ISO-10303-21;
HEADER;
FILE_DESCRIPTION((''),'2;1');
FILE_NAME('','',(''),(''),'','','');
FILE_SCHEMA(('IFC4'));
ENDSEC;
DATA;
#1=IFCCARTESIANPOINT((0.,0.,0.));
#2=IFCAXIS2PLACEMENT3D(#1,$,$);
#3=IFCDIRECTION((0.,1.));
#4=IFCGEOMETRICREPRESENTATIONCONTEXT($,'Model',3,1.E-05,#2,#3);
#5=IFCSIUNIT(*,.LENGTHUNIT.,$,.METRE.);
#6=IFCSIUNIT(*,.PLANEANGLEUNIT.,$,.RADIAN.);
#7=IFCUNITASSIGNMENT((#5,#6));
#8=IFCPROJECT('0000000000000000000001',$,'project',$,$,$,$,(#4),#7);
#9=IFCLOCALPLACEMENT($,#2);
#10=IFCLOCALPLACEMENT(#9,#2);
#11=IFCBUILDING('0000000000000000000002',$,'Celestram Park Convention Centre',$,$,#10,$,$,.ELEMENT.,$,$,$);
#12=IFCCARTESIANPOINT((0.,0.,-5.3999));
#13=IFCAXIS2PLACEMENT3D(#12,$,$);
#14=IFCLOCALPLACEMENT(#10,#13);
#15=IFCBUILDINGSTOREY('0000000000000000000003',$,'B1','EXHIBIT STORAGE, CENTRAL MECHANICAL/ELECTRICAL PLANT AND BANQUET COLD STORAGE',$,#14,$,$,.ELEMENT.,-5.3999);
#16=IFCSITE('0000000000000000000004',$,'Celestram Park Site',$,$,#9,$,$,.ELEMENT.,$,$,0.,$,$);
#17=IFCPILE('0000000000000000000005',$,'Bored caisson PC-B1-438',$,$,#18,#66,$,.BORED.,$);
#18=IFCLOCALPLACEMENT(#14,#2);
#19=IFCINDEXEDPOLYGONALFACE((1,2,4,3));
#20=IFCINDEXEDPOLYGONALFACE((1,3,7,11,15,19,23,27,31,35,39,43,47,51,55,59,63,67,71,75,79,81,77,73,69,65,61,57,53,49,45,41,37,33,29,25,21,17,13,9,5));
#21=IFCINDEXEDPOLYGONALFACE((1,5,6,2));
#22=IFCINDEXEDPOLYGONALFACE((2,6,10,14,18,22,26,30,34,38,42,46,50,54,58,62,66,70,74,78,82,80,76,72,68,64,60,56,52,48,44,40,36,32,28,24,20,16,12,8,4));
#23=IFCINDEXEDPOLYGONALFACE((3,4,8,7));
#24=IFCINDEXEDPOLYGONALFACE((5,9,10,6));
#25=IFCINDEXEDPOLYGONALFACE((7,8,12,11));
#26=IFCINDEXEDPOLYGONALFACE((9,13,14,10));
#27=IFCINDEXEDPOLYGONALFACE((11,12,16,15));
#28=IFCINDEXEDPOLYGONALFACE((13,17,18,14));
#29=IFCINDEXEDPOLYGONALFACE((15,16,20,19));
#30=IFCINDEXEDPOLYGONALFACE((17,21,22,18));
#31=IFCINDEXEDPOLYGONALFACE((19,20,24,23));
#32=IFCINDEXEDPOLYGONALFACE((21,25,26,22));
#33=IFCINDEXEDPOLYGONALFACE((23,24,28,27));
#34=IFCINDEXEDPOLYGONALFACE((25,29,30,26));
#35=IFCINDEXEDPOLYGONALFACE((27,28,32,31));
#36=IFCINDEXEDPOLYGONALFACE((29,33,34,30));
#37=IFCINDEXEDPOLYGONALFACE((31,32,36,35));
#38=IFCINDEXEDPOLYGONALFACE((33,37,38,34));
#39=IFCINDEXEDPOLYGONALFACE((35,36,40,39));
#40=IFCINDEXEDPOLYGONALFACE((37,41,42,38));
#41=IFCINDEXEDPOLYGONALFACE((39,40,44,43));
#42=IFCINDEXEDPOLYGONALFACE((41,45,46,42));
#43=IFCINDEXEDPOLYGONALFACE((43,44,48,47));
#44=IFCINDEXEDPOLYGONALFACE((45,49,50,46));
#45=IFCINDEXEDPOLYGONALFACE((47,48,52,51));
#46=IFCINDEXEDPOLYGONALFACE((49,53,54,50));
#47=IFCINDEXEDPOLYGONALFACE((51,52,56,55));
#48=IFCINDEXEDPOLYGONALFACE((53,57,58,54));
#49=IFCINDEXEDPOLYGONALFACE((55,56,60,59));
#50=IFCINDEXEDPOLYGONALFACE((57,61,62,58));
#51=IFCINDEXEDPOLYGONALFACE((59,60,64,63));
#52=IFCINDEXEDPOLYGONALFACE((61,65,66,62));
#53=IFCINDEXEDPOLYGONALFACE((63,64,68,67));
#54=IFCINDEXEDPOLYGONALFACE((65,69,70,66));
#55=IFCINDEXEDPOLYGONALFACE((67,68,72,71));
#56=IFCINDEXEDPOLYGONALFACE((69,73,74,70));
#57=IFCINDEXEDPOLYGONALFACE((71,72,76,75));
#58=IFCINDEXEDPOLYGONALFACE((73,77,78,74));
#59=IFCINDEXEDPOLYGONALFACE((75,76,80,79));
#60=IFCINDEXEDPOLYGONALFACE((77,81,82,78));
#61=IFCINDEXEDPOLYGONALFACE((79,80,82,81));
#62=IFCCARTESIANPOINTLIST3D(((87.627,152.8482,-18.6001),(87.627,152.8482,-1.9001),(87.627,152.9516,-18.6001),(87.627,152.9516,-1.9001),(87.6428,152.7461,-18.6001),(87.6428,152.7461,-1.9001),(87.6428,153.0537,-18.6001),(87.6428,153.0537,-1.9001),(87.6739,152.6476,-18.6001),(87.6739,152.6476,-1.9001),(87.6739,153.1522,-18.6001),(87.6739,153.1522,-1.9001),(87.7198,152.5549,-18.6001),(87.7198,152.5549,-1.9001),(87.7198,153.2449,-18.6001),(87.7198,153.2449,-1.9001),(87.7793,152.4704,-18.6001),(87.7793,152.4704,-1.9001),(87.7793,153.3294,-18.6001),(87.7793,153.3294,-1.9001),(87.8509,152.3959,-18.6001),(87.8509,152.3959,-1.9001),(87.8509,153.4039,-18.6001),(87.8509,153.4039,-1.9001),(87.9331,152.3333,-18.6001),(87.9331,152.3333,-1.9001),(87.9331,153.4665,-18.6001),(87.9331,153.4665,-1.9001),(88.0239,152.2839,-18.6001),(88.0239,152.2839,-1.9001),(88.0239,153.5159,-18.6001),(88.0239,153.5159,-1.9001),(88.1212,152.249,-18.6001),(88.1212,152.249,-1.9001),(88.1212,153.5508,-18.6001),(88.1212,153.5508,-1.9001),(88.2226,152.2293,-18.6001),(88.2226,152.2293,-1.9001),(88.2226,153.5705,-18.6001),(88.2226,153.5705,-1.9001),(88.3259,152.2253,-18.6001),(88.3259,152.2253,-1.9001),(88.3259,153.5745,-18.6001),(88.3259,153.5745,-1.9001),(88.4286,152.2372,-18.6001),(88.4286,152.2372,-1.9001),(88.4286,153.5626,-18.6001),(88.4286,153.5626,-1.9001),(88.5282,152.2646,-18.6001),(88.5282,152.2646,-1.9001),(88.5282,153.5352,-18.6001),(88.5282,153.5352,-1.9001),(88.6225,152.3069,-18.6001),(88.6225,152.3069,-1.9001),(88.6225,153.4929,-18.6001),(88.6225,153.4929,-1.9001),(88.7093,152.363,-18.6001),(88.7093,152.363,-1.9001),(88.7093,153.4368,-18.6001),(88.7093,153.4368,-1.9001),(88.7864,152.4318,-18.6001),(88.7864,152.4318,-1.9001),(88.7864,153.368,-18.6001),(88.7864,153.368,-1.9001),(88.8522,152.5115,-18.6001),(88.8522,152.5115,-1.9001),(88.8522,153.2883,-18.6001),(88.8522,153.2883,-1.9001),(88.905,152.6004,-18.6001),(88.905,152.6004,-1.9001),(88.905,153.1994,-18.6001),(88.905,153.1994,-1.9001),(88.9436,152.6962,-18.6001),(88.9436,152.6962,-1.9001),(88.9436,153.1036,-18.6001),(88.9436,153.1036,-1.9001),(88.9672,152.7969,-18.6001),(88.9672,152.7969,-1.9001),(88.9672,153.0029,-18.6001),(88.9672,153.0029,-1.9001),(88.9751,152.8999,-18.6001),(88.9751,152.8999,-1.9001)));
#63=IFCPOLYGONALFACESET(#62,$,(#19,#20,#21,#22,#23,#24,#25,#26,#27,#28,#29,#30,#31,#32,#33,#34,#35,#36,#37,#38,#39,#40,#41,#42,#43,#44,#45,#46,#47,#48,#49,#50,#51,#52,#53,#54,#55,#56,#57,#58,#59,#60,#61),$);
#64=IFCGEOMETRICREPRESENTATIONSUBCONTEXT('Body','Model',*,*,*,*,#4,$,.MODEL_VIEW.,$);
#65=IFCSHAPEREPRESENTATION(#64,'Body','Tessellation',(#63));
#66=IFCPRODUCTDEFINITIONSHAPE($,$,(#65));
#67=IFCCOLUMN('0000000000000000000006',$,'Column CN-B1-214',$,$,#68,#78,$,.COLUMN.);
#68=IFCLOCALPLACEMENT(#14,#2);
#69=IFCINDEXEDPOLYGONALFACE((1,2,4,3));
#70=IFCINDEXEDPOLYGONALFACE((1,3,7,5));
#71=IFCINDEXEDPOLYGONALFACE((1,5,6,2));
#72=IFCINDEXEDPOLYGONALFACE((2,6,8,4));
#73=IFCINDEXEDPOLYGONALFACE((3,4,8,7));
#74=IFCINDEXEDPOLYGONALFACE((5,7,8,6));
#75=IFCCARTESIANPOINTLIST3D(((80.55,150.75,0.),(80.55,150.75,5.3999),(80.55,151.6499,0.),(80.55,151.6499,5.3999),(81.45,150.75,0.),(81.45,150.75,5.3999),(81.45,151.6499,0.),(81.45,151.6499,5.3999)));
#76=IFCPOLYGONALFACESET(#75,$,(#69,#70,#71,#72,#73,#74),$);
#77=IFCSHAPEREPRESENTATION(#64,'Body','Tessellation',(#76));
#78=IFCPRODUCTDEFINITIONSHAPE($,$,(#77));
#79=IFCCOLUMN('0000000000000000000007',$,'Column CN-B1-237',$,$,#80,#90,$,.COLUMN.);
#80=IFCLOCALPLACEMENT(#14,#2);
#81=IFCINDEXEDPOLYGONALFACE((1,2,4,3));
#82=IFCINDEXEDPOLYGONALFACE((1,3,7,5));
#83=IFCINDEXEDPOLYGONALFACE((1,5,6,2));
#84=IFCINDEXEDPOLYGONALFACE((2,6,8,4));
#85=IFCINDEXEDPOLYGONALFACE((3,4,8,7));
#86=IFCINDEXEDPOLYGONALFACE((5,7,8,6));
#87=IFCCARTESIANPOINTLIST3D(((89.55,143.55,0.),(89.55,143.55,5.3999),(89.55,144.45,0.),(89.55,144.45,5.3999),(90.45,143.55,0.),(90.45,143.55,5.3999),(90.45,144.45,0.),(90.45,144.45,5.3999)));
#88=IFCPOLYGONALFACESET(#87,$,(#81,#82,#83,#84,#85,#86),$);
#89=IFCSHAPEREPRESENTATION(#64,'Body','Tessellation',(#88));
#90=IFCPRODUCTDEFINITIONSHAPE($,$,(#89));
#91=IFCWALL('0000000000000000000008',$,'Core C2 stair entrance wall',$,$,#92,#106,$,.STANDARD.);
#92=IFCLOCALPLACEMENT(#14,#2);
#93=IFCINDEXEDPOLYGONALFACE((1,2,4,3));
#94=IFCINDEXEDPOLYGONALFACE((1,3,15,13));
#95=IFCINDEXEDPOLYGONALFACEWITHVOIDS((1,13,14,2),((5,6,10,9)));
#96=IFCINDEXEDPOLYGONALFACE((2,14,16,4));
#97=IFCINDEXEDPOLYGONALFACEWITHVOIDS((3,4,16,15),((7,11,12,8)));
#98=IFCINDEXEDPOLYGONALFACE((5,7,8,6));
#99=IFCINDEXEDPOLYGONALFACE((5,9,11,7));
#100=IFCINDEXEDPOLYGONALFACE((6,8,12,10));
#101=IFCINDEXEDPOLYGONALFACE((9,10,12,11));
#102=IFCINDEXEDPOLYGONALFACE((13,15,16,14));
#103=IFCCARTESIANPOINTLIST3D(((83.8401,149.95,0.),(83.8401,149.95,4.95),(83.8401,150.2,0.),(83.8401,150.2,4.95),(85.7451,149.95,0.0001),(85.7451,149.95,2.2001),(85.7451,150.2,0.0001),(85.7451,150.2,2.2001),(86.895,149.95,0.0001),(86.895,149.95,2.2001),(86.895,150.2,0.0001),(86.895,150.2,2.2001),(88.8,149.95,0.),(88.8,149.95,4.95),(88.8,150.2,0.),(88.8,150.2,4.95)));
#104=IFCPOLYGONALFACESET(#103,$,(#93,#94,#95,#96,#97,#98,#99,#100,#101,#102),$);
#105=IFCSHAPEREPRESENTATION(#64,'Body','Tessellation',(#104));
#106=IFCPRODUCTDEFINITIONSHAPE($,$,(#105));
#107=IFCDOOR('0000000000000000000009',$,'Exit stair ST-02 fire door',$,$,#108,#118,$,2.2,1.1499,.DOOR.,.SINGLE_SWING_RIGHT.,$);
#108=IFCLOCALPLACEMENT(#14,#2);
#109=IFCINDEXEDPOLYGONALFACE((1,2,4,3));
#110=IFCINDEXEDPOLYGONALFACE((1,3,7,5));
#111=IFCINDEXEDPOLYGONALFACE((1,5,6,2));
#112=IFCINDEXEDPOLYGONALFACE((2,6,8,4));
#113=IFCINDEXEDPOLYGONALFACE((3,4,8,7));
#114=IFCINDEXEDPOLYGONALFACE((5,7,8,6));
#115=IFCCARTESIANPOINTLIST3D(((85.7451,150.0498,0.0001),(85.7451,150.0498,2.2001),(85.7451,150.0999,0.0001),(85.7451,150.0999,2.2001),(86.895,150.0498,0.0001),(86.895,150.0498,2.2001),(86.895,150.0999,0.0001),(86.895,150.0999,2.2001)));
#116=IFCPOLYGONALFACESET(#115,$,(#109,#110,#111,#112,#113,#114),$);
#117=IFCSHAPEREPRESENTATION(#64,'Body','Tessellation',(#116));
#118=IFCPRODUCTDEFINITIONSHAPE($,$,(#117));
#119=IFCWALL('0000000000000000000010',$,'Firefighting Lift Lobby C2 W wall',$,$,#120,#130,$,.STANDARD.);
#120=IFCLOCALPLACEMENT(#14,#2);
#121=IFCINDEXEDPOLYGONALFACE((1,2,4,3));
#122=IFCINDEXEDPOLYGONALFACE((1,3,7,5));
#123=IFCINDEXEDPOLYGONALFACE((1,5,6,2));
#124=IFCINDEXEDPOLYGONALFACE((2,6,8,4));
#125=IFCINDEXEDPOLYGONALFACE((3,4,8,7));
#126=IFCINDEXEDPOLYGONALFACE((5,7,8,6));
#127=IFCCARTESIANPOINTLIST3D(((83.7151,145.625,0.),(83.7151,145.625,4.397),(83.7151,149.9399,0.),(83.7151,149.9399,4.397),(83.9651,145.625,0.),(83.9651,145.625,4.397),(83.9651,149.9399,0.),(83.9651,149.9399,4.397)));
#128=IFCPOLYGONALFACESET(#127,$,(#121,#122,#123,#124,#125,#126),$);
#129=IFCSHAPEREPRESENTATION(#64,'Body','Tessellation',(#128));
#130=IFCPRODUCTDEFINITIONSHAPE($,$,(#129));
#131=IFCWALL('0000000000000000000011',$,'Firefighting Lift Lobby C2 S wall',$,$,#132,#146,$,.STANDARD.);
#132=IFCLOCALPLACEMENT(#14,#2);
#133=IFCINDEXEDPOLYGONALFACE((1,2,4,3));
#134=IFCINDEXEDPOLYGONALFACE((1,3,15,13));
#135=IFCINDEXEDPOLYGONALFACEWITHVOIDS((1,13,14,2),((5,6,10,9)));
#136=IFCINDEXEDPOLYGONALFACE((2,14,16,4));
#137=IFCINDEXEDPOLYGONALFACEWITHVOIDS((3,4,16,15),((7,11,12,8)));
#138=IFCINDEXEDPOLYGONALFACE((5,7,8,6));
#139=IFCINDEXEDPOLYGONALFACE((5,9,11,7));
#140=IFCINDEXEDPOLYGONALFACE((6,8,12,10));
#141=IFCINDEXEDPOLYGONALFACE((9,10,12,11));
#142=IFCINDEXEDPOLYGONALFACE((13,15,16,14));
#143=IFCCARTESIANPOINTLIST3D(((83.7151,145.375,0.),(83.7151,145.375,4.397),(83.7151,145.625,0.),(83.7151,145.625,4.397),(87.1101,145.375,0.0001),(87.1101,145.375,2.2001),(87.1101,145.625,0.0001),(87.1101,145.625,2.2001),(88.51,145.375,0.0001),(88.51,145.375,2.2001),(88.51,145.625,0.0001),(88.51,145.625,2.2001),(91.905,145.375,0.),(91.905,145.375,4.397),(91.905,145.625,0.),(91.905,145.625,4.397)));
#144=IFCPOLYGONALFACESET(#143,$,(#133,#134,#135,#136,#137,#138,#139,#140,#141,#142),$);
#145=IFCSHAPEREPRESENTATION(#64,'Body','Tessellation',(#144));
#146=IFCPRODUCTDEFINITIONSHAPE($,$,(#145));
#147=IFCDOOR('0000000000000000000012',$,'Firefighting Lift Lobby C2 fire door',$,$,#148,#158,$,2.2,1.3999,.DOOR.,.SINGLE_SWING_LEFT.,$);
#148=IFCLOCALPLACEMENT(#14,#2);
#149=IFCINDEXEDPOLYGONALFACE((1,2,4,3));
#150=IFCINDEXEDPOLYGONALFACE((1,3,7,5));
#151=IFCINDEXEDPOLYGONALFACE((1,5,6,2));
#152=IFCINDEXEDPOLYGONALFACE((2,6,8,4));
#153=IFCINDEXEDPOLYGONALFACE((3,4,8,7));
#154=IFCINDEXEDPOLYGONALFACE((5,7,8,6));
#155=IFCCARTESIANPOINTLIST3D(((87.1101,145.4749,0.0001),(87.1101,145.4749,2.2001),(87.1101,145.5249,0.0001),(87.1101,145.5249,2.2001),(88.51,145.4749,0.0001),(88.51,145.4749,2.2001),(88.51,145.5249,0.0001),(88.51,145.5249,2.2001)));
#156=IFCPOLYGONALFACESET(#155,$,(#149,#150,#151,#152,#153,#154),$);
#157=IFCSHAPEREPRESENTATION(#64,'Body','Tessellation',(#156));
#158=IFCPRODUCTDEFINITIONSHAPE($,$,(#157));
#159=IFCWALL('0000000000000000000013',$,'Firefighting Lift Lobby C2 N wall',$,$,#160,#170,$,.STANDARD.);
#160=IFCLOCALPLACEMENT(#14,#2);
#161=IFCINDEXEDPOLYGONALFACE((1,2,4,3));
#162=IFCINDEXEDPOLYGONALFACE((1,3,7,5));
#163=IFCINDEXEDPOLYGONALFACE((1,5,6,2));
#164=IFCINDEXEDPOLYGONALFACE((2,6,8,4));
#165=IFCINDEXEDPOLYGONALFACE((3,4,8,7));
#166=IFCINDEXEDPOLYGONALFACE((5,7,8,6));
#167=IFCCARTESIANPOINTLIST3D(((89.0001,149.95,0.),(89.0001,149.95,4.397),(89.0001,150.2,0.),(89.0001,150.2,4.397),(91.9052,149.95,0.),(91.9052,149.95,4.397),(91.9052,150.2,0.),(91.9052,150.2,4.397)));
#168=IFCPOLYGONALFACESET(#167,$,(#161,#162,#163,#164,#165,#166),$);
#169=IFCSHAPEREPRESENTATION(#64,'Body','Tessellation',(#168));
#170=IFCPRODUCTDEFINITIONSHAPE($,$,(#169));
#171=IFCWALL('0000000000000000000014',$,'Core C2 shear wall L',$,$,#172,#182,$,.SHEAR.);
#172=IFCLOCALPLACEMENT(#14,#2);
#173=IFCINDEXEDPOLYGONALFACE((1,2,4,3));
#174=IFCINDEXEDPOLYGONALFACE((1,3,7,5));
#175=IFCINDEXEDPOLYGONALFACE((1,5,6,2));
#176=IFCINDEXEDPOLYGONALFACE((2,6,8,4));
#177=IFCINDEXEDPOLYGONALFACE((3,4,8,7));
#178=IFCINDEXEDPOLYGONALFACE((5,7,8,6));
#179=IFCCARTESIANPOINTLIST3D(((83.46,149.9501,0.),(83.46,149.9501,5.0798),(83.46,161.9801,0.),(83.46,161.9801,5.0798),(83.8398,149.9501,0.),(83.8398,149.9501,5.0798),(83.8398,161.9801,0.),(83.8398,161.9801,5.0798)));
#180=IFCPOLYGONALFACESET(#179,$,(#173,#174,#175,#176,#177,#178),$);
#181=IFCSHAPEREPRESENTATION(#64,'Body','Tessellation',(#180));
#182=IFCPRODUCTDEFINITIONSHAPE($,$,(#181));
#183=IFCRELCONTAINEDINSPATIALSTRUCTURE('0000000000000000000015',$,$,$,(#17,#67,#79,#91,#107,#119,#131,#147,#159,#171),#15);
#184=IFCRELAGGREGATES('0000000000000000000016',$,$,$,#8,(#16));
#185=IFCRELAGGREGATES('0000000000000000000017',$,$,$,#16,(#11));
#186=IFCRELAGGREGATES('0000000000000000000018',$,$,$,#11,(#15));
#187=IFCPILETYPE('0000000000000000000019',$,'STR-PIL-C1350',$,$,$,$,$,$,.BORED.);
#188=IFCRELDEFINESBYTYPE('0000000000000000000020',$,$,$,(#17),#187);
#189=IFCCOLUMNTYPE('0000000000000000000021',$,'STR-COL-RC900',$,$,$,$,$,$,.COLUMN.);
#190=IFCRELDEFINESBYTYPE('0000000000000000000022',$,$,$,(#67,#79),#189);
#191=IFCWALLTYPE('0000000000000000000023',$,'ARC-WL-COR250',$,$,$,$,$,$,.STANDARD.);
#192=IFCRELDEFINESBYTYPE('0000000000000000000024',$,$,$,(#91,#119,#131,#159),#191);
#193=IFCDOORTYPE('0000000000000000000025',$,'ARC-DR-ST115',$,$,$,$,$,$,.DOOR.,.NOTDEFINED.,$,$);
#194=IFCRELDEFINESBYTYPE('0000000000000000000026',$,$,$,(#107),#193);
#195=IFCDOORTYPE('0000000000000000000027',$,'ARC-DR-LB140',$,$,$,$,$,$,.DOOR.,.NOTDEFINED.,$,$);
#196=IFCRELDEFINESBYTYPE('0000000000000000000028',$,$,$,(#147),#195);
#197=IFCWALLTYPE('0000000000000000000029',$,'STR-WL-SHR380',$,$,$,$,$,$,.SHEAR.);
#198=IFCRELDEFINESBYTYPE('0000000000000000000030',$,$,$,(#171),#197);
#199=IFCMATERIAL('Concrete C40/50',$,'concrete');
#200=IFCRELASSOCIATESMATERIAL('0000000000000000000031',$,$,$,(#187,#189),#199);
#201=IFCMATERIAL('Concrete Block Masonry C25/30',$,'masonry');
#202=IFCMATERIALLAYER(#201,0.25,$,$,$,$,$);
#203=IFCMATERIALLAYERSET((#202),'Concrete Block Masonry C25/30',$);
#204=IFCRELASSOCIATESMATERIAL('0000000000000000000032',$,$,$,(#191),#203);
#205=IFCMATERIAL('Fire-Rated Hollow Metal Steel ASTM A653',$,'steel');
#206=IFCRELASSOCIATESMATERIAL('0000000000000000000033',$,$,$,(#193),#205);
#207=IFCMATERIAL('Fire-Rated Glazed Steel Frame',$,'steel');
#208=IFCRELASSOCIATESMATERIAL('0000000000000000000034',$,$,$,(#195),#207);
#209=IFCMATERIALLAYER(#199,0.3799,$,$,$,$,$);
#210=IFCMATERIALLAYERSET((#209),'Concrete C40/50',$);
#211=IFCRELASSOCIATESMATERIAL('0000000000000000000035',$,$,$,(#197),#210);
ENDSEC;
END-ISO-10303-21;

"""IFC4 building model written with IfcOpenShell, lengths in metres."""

from ifc_helpers import new_model, si_unit, direction, frame, frame_2d, origin, origin_2d, place, context, subcontext, project, spatial, rectangle, circle, extrude, material, layer, layer_set, material_profile, profile_set, type_object, element, fill, save


model = new_model("IFC4")

# Units and contexts
model_context = context("Model", 3, precision=1e-05, world=origin(), true_north=direction((0.0, 1.0)))
body_context = subcontext(model_context, "Body", "Model", "MODEL_VIEW")
ifc_project = project(units=[si_unit("LENGTHUNIT", "METRE"), si_unit("PLANEANGLEUNIT", "RADIAN")], contexts=[model_context])

# Site, building, storey
site_placement = place(None, origin())
site = spatial("IfcSite", under=ifc_project, at=site_placement, Name="Celestram Park Site", CompositionType="ELEMENT", RefElevation=0.0)
building_placement = place(site_placement, origin())
building = spatial("IfcBuilding", under=site, at=building_placement, Name="Celestram Park Convention Centre", CompositionType="ELEMENT")
storey_placement = place(building_placement, frame((0.0, 0.0, -5.3999)))
storey = spatial("IfcBuildingStorey", under=building, at=storey_placement, Name="B1", Description="EXHIBIT STORAGE, CENTRAL MECHANICAL/ELECTRICAL PLANT AND BANQUET COLD STORAGE", CompositionType="ELEMENT", Elevation=-5.3999)

# Shared definitions
ifc_material_1 = material(Name="Concrete C40/50", Category="concrete")

# Pile
ifc_material_profile_1 = material_profile(ifc_material_1, circle(Radius=0.675, at=origin_2d()), Name="CAISSON1350")
ifc_profile_set_1 = profile_set([ifc_material_profile_1], Name="Concrete C40/50")
pile_type = type_object("IfcPileType", Name="STR-PIL-C1350", PredefinedType="BORED", material=ifc_profile_set_1)
for number, where, z_axis, x_axis, name in (
    (1, (88.3, 152.8999, -1.9001), (0.0, 0.0, -1.0), (1.0, 0.0, 0.0), "Bored caisson PC-B1-438"),
):
    element("IfcPile", number, at=place(storey_placement, frame(where, z_axis=z_axis, x_axis=x_axis)), inside=storey, type_object=pile_type, Name=name, PredefinedType="BORED", context=body_context, shape_type="SweptSolid", body=[
        extrude(circle(Radius=0.675, at=origin_2d()), origin(), (0.0, 0.0, 1.0), 16.7),
    ])

# Columns
ifc_material_profile_2 = material_profile(ifc_material_1, rectangle(XDim=0.8999, YDim=0.8999, at=origin_2d()), Name="RC900X900")
ifc_profile_set_2 = profile_set([ifc_material_profile_2], Name="Concrete C40/50")
column_type = type_object("IfcColumnType", Name="STR-COL-RC900", PredefinedType="COLUMN", material=ifc_profile_set_2)
for number, where, z_axis, x_axis, name in (
    (2, (81.0, 151.2, 0.0), (0.0, 0.0, 1.0), (1.0, 0.0, 0.0), "Column CN-B1-214"),
    (3, (90.0, 144.0, 0.0), (0.0, 0.0, 1.0), (1.0, 0.0, 0.0), "Column CN-B1-237"),
):
    element("IfcColumn", number, at=place(storey_placement, frame(where, z_axis=z_axis, x_axis=x_axis)), inside=storey, type_object=column_type, Name=name, PredefinedType="COLUMN", context=body_context, shape_type="SweptSolid", body=[
        extrude(rectangle(XDim=0.8999, YDim=0.8999, at=origin_2d()), origin(), (0.0, 0.0, 1.0), 5.3999),
    ])

# Wall, opening, door
ifc_material_2 = material(Name="Concrete Block Masonry C25/30", Category="masonry")
ifc_layer_1 = layer(ifc_material_2, 0.25)
ifc_layer_set_1 = layer_set([ifc_layer_1], Name="Concrete Block Masonry C25/30")
wall_type_1 = type_object("IfcWallType", Name="ARC-WL-COR250", PredefinedType="STANDARD", material=ifc_layer_set_1)
wall_1_placement = place(storey_placement, frame((83.8401, 150.075, 0.0), z_axis=(0.0, 0.0, 1.0), x_axis=(1.0, 0.0, 0.0)))
wall_1 = element("IfcWall", 4, at=wall_1_placement, inside=storey, type_object=wall_type_1, Name="Core C2 stair entrance wall", PredefinedType="STANDARD", context=body_context, shape_type="SweptSolid", body=[
    extrude(rectangle(XDim=4.96, YDim=0.25, at=frame_2d((2.48, 0.0))), origin(), (0.0, 0.0, 1.0), 4.95),
])
opening_1_placement = place(wall_1_placement, frame((1.905, 0.0, 0.0)))
opening_1 = element("IfcOpeningElement", 5, at=opening_1_placement, cuts=wall_1, PredefinedType="OPENING", context=body_context, shape_type="SweptSolid", body=[
    extrude(rectangle(XDim=1.1499, YDim=2.2, at=frame_2d((0.575, 1.1001))), frame((0.0, 0.135, 0.0), z_axis=(0.0, -1.0, 0.0), x_axis=(1.0, 0.0, 0.0)), (0.0, 0.0, 1.0), 0.27),
])
ifc_material_3 = material(Name="Fire-Rated Hollow Metal Steel ASTM A653", Category="steel")
door_type_1 = type_object("IfcDoorType", Name="ARC-DR-ST115", OperationType="NOTDEFINED", PredefinedType="DOOR", material=ifc_material_3)
door_1_placement = place(opening_1_placement, origin())
door_1 = element("IfcDoor", 6, at=door_1_placement, inside=storey, type_object=door_type_1, Name="Exit stair ST-02 fire door", OperationType="SINGLE_SWING_RIGHT", OverallHeight=2.2, OverallWidth=1.1499, PredefinedType="DOOR", context=body_context, shape_type="SweptSolid", body=[
    extrude(rectangle(XDim=1.1499, YDim=2.2, at=frame_2d((0.575, 1.1001))), frame((0.0, 0.0249, 0.0), z_axis=(0.0, -1.0, 0.0), x_axis=(1.0, 0.0, 0.0)), (0.0, 0.0, 1.0), 0.05),
])
fill(opening_1, door_1)

# Wall
wall_2_placement = place(storey_placement, frame((83.8401, 149.9399, 0.0), z_axis=(0.0, 0.0, 1.0), x_axis=(0.0, -1.0, 0.0)))
element("IfcWall", 7, at=wall_2_placement, inside=storey, type_object=wall_type_1, Name="Firefighting Lift Lobby C2 W wall", PredefinedType="STANDARD", context=body_context, shape_type="SweptSolid", body=[
    extrude(rectangle(XDim=4.3149, YDim=0.25, at=frame_2d((2.1575, 0.0))), origin(), (0.0, 0.0, 1.0), 4.397),
])

# Wall, opening, door
wall_3_placement = place(storey_placement, frame((83.7151, 145.5, 0.0), z_axis=(0.0, 0.0, 1.0), x_axis=(1.0, 0.0, 0.0)))
wall_3 = element("IfcWall", 8, at=wall_3_placement, inside=storey, type_object=wall_type_1, Name="Firefighting Lift Lobby C2 S wall", PredefinedType="STANDARD", context=body_context, shape_type="SweptSolid", body=[
    extrude(rectangle(XDim=8.1899, YDim=0.25, at=frame_2d((4.095, 0.0))), origin(), (0.0, 0.0, 1.0), 4.397),
])
opening_2_placement = place(wall_3_placement, frame((3.395, 0.0, 0.0)))
opening_2 = element("IfcOpeningElement", 9, at=opening_2_placement, cuts=wall_3, PredefinedType="OPENING", context=body_context, shape_type="SweptSolid", body=[
    extrude(rectangle(XDim=1.3999, YDim=2.2, at=frame_2d((0.7, 1.1001))), frame((0.0, 0.135, 0.0), z_axis=(0.0, -1.0, 0.0), x_axis=(1.0, 0.0, 0.0)), (0.0, 0.0, 1.0), 0.27),
])
ifc_material_4 = material(Name="Fire-Rated Glazed Steel Frame", Category="steel")
door_type_2 = type_object("IfcDoorType", Name="ARC-DR-LB140", OperationType="NOTDEFINED", PredefinedType="DOOR", material=ifc_material_4)
door_2_placement = place(opening_2_placement, origin())
door_2 = element("IfcDoor", 10, at=door_2_placement, inside=storey, type_object=door_type_2, Name="Firefighting Lift Lobby C2 fire door", OperationType="SINGLE_SWING_LEFT", OverallHeight=2.2, OverallWidth=1.3999, PredefinedType="DOOR", context=body_context, shape_type="SweptSolid", body=[
    extrude(rectangle(XDim=1.3999, YDim=2.2, at=frame_2d((0.7, 1.1001))), frame((0.0, 0.0249, 0.0), z_axis=(0.0, -1.0, 0.0), x_axis=(1.0, 0.0, 0.0)), (0.0, 0.0, 1.0), 0.05),
])
fill(opening_2, door_2)

# Walls
wall_4_placement = place(storey_placement, frame((89.0, 150.075, 0.0), z_axis=(0.0, 0.0, 1.0), x_axis=(1.0, 0.0, 0.0)))
element("IfcWall", 11, at=wall_4_placement, inside=storey, type_object=wall_type_1, Name="Firefighting Lift Lobby C2 N wall", PredefinedType="STANDARD", context=body_context, shape_type="SweptSolid", body=[
    extrude(rectangle(XDim=2.905, YDim=0.25, at=frame_2d((1.4526, 0.0))), origin(), (0.0, 0.0, 1.0), 4.397),
])
ifc_layer_2 = layer(ifc_material_1, 0.3799)
ifc_layer_set_2 = layer_set([ifc_layer_2], Name="Concrete C40/50")
wall_type_2 = type_object("IfcWallType", Name="STR-WL-SHR380", PredefinedType="SHEAR", material=ifc_layer_set_2)
wall_5_placement = place(storey_placement, frame((83.6499, 149.95, 0.0), z_axis=(0.0, 0.0, 1.0), x_axis=(0.0, 1.0, 0.0)))
element("IfcWall", 12, at=wall_5_placement, inside=storey, type_object=wall_type_2, Name="Core C2 shear wall L", PredefinedType="SHEAR", context=body_context, shape_type="SweptSolid", body=[
    extrude(rectangle(XDim=12.03, YDim=0.3799, at=frame_2d((6.0151, 0.0))), origin(), (0.0, 0.0, 1.0), 5.0798),
])

save(model, "model.ifc")
